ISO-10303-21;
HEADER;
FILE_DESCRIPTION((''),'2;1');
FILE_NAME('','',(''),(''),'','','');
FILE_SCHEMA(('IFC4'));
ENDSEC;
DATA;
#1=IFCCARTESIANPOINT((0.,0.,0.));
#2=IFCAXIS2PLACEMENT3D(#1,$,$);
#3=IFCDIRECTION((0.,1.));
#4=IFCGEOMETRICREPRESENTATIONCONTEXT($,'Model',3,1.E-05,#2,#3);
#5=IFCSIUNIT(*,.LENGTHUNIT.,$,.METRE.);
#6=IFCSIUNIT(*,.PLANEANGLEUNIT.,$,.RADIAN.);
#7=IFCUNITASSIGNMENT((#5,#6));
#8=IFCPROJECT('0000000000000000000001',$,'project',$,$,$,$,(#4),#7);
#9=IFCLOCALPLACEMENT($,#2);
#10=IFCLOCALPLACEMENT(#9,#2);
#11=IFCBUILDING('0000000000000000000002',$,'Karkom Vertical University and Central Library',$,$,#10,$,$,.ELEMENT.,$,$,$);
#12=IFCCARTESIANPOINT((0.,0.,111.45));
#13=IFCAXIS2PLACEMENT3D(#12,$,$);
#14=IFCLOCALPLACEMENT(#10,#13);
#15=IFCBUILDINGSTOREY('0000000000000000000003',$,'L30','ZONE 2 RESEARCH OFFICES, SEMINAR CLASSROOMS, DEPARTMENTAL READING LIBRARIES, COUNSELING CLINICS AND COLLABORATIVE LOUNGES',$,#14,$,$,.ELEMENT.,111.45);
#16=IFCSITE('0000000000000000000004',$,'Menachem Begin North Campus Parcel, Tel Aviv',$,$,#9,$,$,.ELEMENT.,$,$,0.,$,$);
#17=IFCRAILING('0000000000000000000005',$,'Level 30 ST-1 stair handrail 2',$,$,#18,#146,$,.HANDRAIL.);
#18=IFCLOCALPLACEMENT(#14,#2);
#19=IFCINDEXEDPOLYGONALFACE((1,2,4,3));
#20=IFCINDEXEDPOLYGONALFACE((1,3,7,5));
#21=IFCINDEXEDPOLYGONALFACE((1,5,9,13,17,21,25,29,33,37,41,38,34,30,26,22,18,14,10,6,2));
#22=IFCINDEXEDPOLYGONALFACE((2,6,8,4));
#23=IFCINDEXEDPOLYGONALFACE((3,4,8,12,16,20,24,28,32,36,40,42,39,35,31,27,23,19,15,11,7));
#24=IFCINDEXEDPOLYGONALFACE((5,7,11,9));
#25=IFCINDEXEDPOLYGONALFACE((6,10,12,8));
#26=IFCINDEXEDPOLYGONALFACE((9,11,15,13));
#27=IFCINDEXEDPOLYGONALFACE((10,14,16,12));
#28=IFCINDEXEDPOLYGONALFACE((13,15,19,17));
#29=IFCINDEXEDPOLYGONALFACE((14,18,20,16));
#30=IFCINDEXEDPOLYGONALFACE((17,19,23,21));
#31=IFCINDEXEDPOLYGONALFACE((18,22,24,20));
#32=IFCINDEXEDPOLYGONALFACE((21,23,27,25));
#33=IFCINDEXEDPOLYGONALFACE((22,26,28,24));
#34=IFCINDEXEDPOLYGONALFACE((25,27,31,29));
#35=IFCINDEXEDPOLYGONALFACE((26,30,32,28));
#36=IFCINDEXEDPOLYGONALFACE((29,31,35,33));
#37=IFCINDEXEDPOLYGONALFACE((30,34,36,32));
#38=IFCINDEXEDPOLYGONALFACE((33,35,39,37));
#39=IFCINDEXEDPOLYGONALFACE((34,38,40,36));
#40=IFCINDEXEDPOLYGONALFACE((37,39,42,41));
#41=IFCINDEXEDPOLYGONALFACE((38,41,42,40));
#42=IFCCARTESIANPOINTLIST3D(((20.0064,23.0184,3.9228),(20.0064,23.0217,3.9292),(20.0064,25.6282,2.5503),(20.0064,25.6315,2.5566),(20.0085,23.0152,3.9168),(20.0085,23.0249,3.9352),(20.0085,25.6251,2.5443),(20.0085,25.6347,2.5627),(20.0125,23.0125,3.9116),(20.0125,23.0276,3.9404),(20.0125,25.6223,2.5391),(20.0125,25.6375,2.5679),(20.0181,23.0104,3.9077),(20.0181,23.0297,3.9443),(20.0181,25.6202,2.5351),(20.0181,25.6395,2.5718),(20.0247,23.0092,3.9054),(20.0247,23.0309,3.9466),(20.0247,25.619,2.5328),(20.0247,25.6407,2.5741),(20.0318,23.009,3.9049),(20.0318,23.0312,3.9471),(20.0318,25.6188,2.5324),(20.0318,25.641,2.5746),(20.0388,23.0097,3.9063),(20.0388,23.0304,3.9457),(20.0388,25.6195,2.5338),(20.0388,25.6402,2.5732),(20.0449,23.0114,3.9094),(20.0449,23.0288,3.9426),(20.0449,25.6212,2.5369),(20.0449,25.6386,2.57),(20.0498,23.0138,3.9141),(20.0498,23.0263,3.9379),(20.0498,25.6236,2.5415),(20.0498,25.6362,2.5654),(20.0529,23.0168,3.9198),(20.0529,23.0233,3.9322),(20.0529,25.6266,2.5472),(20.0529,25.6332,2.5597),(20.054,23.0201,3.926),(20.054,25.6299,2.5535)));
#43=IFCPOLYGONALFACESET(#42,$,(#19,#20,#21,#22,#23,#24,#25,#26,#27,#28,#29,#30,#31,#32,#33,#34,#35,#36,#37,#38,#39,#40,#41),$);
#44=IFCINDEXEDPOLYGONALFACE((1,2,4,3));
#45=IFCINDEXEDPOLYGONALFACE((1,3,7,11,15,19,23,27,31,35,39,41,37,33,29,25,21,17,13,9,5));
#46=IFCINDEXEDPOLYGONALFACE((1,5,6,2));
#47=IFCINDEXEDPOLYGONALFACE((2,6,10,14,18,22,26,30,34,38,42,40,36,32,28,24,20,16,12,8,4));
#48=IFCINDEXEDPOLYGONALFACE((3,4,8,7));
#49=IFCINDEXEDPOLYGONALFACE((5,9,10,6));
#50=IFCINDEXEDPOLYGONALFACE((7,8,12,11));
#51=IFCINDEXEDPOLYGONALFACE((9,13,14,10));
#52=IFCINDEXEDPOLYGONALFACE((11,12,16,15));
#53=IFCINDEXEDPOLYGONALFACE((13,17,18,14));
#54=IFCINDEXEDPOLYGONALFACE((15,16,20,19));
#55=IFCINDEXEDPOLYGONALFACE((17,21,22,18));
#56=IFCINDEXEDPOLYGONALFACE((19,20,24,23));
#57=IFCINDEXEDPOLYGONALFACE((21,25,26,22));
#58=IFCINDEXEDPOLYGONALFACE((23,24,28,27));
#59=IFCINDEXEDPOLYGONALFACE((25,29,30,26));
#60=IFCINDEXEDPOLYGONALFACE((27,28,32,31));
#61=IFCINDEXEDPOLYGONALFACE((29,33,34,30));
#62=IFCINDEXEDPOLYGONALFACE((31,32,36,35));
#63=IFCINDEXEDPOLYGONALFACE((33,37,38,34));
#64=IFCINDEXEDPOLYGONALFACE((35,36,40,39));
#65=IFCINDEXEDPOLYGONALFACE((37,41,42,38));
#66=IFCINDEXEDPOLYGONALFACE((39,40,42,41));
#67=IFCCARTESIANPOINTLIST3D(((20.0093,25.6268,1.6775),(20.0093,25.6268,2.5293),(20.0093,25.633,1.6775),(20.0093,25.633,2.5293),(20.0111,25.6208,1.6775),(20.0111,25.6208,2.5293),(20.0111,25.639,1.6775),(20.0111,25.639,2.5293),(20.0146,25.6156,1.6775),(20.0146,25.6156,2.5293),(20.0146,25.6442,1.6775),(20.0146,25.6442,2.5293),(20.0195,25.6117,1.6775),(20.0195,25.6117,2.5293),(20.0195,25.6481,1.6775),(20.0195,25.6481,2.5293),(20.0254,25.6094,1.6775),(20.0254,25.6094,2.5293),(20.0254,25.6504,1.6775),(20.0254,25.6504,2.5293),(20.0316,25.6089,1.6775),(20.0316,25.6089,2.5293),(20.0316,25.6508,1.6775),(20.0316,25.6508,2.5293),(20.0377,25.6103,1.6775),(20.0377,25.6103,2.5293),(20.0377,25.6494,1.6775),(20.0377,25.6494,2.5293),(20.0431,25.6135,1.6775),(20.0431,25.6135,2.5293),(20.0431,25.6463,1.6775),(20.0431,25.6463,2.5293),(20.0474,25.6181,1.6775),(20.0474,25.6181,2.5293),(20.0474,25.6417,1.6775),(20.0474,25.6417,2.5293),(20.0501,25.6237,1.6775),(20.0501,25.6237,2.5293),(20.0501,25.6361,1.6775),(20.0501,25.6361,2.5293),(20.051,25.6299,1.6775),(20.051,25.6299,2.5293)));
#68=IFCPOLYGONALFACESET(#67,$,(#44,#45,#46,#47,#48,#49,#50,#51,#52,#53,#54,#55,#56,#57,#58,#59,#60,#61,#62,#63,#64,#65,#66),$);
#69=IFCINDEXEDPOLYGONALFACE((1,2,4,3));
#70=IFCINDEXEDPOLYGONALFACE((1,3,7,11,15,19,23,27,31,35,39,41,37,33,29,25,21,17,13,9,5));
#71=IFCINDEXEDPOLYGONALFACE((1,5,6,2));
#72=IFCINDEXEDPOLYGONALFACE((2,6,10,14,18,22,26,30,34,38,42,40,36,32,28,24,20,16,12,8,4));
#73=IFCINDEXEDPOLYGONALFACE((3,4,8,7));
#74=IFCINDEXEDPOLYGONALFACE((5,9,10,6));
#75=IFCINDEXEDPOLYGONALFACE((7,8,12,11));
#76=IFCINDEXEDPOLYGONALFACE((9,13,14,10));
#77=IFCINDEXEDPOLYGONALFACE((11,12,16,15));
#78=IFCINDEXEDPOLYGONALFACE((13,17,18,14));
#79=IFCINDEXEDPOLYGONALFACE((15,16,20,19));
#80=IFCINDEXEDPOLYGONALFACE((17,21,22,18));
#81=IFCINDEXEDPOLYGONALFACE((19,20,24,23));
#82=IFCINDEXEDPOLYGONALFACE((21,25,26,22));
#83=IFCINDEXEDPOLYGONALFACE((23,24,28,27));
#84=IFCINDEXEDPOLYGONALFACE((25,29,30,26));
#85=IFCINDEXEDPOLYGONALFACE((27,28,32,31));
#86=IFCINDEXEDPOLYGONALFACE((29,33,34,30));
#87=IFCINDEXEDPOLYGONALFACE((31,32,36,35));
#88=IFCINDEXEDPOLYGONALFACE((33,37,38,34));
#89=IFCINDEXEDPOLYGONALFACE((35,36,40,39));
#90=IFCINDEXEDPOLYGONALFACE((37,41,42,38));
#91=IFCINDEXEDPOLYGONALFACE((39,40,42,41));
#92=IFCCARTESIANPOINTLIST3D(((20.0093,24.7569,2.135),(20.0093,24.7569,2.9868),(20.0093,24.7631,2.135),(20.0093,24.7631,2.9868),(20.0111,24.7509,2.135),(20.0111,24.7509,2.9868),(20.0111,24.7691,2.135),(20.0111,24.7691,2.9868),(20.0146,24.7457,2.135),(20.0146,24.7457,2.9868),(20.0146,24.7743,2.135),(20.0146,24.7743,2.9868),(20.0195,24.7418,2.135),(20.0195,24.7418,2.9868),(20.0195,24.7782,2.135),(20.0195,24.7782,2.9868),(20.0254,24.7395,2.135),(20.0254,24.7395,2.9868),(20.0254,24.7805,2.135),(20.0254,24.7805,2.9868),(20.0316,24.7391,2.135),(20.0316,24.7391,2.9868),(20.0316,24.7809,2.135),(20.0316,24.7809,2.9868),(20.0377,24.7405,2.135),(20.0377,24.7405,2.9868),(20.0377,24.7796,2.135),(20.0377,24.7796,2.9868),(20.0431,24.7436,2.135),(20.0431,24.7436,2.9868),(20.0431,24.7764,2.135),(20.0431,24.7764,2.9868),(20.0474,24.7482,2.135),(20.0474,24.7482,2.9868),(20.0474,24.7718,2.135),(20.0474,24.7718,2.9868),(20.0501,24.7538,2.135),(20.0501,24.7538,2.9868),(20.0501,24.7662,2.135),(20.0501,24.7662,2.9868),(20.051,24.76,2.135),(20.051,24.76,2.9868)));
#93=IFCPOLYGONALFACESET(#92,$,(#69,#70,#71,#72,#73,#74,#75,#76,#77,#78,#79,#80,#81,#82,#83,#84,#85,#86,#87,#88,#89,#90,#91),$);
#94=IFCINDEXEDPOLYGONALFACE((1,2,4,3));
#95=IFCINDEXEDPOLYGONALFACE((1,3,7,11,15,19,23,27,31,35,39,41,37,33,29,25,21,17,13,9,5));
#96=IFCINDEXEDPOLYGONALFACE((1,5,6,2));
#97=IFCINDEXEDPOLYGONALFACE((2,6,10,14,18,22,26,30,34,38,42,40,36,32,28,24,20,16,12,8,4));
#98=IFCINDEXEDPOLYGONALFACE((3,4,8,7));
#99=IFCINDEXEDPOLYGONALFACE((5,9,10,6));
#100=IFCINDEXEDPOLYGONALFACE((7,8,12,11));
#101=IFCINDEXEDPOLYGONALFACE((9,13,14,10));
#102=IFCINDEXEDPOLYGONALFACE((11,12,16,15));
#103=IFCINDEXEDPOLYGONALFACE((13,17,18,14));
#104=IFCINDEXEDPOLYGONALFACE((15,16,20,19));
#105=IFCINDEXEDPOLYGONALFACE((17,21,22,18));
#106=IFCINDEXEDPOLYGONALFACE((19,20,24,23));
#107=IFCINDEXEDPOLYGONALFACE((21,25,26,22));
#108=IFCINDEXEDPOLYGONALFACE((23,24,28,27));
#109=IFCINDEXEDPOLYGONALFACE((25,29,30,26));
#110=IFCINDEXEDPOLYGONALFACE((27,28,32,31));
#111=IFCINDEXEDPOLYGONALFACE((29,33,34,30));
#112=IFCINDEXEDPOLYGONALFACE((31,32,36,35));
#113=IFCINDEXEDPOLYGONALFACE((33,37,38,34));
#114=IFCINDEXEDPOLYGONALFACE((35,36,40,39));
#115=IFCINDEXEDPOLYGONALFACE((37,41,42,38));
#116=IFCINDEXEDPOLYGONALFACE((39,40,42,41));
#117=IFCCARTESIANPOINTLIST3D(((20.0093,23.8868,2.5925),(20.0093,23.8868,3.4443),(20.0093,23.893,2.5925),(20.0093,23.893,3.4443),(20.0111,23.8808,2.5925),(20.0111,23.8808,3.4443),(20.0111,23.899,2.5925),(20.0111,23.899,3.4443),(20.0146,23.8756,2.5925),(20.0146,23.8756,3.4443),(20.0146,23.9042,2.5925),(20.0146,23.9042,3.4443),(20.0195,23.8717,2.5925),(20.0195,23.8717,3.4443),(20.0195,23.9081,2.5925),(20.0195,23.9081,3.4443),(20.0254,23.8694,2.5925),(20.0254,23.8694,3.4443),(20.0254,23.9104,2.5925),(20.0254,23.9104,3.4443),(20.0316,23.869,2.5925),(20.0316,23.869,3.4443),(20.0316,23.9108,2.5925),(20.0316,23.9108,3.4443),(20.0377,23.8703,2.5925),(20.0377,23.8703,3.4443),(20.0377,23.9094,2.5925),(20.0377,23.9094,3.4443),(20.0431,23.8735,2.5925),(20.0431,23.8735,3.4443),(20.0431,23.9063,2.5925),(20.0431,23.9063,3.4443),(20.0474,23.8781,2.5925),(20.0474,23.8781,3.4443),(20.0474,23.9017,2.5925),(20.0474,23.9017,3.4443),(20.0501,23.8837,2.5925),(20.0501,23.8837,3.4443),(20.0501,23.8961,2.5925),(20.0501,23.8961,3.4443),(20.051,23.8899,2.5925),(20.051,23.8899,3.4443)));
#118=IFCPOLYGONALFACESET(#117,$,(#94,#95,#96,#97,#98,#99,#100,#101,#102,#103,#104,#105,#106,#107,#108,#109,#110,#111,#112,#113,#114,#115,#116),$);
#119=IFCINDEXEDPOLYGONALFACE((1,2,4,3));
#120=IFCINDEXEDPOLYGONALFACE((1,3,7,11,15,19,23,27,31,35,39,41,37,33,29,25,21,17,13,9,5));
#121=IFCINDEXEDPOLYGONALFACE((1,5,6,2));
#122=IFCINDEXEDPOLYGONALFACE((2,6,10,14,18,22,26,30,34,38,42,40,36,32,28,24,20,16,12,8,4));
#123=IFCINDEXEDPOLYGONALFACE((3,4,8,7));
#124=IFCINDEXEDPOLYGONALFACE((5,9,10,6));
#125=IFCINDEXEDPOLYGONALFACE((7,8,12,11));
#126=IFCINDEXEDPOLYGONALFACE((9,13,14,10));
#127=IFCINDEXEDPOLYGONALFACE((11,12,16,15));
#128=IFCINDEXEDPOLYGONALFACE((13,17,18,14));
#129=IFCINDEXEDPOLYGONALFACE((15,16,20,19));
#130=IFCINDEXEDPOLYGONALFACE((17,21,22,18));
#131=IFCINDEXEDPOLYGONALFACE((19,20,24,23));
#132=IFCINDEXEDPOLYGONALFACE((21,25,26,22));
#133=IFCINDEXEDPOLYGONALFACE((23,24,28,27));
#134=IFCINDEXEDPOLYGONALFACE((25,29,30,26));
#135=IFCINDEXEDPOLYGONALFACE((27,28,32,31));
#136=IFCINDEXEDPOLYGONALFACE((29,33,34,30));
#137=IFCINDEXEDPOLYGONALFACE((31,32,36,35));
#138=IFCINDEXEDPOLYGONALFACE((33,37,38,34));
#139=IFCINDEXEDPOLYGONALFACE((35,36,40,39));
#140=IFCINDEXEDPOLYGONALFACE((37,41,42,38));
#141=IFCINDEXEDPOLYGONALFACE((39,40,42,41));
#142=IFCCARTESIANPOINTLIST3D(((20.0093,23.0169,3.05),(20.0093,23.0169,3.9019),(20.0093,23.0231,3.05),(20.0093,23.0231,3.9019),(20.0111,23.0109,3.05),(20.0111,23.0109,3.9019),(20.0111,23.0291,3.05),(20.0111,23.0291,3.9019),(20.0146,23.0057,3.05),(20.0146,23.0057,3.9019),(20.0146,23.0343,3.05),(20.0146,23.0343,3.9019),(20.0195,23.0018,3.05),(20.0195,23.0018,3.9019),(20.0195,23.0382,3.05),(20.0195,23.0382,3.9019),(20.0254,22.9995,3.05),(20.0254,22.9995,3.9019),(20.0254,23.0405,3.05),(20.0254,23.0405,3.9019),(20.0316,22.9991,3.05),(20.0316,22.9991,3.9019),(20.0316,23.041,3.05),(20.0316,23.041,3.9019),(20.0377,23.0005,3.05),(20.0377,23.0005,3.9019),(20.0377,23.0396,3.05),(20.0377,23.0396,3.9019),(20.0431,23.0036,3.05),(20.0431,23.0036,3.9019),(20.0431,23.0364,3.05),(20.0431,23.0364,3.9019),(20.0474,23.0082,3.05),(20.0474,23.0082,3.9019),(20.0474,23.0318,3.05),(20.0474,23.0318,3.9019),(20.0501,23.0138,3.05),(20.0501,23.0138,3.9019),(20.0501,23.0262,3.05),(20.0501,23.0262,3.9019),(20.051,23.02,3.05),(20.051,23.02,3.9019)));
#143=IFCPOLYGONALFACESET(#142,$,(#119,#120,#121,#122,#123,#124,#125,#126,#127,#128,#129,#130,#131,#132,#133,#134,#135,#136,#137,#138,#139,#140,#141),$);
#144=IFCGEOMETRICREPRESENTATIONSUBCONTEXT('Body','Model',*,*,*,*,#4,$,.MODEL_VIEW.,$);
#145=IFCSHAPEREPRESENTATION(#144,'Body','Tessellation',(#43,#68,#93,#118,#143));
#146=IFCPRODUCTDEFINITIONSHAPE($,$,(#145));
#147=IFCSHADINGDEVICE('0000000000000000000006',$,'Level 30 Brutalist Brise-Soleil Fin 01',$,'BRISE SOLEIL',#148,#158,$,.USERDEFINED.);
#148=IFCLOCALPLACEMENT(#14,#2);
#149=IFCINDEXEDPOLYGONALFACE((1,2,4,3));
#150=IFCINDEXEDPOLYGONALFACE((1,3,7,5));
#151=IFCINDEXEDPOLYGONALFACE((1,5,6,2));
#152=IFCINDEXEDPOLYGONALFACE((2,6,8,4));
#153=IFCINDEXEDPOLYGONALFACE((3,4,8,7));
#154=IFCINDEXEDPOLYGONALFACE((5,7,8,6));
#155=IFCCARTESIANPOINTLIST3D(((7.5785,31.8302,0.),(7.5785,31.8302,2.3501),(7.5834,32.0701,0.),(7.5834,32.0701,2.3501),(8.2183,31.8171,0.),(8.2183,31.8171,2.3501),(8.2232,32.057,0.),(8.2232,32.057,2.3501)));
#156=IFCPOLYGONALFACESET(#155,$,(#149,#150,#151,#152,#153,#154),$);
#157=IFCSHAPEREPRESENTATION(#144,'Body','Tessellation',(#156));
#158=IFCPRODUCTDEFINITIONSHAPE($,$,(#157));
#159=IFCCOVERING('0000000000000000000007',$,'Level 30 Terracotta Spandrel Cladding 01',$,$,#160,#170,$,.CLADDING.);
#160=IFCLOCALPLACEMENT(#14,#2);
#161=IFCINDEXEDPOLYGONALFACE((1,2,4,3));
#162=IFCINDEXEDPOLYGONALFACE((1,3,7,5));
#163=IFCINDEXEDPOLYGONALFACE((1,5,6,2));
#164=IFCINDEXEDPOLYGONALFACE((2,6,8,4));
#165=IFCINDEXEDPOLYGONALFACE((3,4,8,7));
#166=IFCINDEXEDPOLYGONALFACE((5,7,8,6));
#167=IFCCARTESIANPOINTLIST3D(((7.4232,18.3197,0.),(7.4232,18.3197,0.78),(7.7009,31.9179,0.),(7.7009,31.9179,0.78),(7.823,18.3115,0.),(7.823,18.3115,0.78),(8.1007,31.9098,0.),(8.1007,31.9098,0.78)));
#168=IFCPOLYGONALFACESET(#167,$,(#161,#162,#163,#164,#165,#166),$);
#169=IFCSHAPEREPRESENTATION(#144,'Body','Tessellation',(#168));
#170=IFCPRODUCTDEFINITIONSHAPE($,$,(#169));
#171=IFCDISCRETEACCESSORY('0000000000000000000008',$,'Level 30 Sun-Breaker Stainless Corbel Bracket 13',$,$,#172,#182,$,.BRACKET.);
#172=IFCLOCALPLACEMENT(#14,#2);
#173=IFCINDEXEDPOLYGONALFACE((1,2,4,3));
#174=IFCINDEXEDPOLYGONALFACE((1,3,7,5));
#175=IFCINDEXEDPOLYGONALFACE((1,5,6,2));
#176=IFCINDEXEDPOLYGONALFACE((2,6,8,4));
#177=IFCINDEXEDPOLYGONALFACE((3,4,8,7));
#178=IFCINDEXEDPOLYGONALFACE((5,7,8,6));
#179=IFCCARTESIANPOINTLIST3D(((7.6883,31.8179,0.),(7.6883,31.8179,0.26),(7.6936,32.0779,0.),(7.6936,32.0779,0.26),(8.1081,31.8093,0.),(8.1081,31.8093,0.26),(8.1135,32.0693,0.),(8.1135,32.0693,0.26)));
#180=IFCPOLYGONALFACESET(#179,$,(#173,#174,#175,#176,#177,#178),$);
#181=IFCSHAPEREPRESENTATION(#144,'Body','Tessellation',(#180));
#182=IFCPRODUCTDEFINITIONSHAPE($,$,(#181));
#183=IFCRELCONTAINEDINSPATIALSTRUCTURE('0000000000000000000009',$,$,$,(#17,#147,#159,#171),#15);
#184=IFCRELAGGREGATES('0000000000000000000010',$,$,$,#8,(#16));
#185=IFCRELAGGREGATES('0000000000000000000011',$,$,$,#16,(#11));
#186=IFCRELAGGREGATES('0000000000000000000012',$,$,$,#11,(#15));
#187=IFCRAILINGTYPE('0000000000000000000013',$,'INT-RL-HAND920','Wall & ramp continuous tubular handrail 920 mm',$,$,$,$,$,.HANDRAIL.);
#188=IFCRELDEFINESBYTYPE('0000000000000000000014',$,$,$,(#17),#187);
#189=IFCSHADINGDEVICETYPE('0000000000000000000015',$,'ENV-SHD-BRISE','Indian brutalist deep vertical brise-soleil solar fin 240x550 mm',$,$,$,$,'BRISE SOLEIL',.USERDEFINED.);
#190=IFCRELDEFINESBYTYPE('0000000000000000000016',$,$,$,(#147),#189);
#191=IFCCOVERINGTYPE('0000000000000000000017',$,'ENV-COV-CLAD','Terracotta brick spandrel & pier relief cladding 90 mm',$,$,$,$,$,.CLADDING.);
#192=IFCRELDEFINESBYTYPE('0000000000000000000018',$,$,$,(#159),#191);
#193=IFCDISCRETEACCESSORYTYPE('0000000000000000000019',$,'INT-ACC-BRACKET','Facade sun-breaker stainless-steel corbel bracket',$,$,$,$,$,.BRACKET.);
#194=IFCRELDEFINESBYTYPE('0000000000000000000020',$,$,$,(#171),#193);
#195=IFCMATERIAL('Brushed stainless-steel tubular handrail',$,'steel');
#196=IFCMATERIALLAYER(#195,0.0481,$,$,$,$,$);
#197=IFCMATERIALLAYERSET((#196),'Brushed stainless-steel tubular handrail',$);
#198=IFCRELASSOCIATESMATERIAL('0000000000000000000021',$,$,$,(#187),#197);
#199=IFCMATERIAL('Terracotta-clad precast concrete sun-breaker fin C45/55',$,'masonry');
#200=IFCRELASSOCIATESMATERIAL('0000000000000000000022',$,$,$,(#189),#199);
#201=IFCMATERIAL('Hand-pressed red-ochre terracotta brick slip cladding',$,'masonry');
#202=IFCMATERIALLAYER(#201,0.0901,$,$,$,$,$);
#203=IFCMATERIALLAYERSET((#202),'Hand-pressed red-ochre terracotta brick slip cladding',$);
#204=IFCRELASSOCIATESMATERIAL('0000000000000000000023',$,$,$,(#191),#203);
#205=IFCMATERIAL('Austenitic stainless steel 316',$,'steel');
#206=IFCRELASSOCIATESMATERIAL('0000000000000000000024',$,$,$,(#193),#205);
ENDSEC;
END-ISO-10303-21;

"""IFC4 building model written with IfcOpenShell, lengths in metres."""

from ifc_helpers import new_model, si_unit, direction, frame, origin, origin_with_axes, origin_2d, place, context, subcontext, project, spatial, rectangle, circle, extrude, source, transform, mapped, material, layer, layer_set, type_object, element, save


model = new_model("IFC4")

# Units and contexts
model_context = context("Model", 3, precision=1e-05, world=origin(), true_north=direction((0.0, 1.0)))
body_context = subcontext(model_context, "Body", "Model", "MODEL_VIEW")
ifc_project = project(units=[si_unit("LENGTHUNIT", "METRE"), si_unit("PLANEANGLEUNIT", "RADIAN")], contexts=[model_context])

# Site, building, storey
site_placement = place(None, origin())
site = spatial("IfcSite", under=ifc_project, at=site_placement, Name="Menachem Begin North Campus Parcel, Tel Aviv", CompositionType="ELEMENT", RefElevation=0.0)
building_placement = place(site_placement, origin())
building = spatial("IfcBuilding", under=site, at=building_placement, Name="Karkom Vertical University and Central Library", CompositionType="ELEMENT")
storey_placement = place(building_placement, frame((0.0, 0.0, 111.45)))
storey = spatial("IfcBuildingStorey", under=building, at=storey_placement, Name="L30", Description="ZONE 2 RESEARCH OFFICES, SEMINAR CLASSROOMS, DEPARTMENTAL READING LIBRARIES, COUNSELING CLINICS AND COLLABORATIVE LOUNGES", CompositionType="ELEMENT", Elevation=111.45)

# Railing
ifc_material_1 = material(Name="Brushed stainless-steel tubular handrail", Category="steel")
ifc_layer_1 = layer(ifc_material_1, 0.0481)
ifc_layer_set_1 = layer_set([ifc_layer_1], Name="Brushed stainless-steel tubular handrail")
railing_type_1 = type_object("IfcRailingType", Name="INT-RL-HAND920", Description="Wall & ramp continuous tubular handrail 920 mm", PredefinedType="HANDRAIL", material=ifc_layer_set_1)
railing_1_placement = place(storey_placement, frame((20.03, 25.6299, 1.6775)))
element("IfcRailing", 1, at=railing_1_placement, inside=storey, type_object=railing_type_1, Name="Level 30 ST-1 stair handrail 2", PredefinedType="HANDRAIL", context=body_context, shape_type="SweptSolid", body=[
    extrude(circle(Radius=0.0239, at=origin_2d()), frame((0.0, 0.0, 0.876), z_axis=(0.0, -0.885065, 0.465467), x_axis=(1.0, 0.0, 0.0)), (0.0, 0.0, 1.0), 2.9487),
    extrude(circle(Radius=0.021, at=origin_2d()), origin(), (0.0, 0.0, 1.0), 0.8518),
    extrude(circle(Radius=0.021, at=origin_2d()), frame((0.0, -0.8699, 0.4575)), (0.0, 0.0, 1.0), 0.8518),
    extrude(circle(Radius=0.021, at=origin_2d()), frame((0.0, -1.74, 0.915)), (0.0, 0.0, 1.0), 0.8518),
    extrude(circle(Radius=0.021, at=origin_2d()), frame((0.0, -2.6099, 1.3726)), (0.0, 0.0, 1.0), 0.8518),
])

# Shading device
ifc_material_2 = material(Name="Terracotta-clad precast concrete sun-breaker fin C45/55", Category="masonry")
shading_device_type = type_object("IfcShadingDeviceType", Name="ENV-SHD-BRISE", Description="Indian brutalist deep vertical brise-soleil solar fin 240x550 mm", ElementType="BRISE SOLEIL", PredefinedType="USERDEFINED", material=ifc_material_2)
shared_shape_1 = source(origin_with_axes(), body_context, "Body", "SweptSolid", [
    extrude(rectangle(XDim=0.24, YDim=0.6399, at=origin_2d()), origin(), (0.0, 0.0, 1.0), 2.3501),
])
shading_device_placement = place(storey_placement, frame((7.9009, 31.9436, 0.0), z_axis=(0.0, 0.0, 1.0), x_axis=(-0.020419, -0.999792, 0.0)))
element("IfcShadingDevice", 2, at=shading_device_placement, inside=storey, type_object=shading_device_type, Name="Level 30 Brutalist Brise-Soleil Fin 01", ObjectType="BRISE SOLEIL", PredefinedType="USERDEFINED", context=body_context, shape_type="MappedRepresentation", body=[
    mapped(shared_shape_1, transform((0.0, 0.0, 0.0), scale=1.0)),
])

# Covering
ifc_material_3 = material(Name="Hand-pressed red-ochre terracotta brick slip cladding", Category="masonry")
ifc_layer_2 = layer(ifc_material_3, 0.0901)
ifc_layer_set_2 = layer_set([ifc_layer_2], Name="Hand-pressed red-ochre terracotta brick slip cladding")
covering_type = type_object("IfcCoveringType", Name="ENV-COV-CLAD", Description="Terracotta brick spandrel & pier relief cladding 90 mm", PredefinedType="CLADDING", material=ifc_layer_set_2)
shared_shape_2 = source(origin_with_axes(), body_context, "Body", "SweptSolid", [
    extrude(rectangle(XDim=13.6011, YDim=0.3999, at=origin_2d()), origin(), (0.0, 0.0, 1.0), 0.78),
])
covering_placement = place(storey_placement, frame((7.762, 25.1147, 0.0), z_axis=(0.0, 0.0, 1.0), x_axis=(-0.020419, -0.999792, 0.0)))
element("IfcCovering", 3, at=covering_placement, inside=storey, type_object=covering_type, Name="Level 30 Terracotta Spandrel Cladding 01", PredefinedType="CLADDING", context=body_context, shape_type="MappedRepresentation", body=[
    mapped(shared_shape_2, transform((0.0, 0.0, 0.0), scale=1.0)),
])

# Discrete accessory
ifc_material_4 = material(Name="Austenitic stainless steel 316", Category="steel")
discrete_accessory_type = type_object("IfcDiscreteAccessoryType", Name="INT-ACC-BRACKET", Description="Facade sun-breaker stainless-steel corbel bracket", PredefinedType="BRACKET", material=ifc_material_4)
shared_shape_3 = source(origin_with_axes(), body_context, "Body", "SweptSolid", [
    extrude(rectangle(XDim=0.26, YDim=0.4199, at=origin_2d()), origin(), (0.0, 0.0, 1.0), 0.26),
])
discrete_accessory_placement = place(storey_placement, frame((7.9009, 31.9436, 0.0), z_axis=(0.0, 0.0, 1.0), x_axis=(-0.020419, -0.999792, 0.0)))
element("IfcDiscreteAccessory", 4, at=discrete_accessory_placement, inside=storey, type_object=discrete_accessory_type, Name="Level 30 Sun-Breaker Stainless Corbel Bracket 13", PredefinedType="BRACKET", context=body_context, shape_type="MappedRepresentation", body=[
    mapped(shared_shape_3, transform((0.0, 0.0, 0.0), scale=1.0)),
])

save(model, "model.ifc")
